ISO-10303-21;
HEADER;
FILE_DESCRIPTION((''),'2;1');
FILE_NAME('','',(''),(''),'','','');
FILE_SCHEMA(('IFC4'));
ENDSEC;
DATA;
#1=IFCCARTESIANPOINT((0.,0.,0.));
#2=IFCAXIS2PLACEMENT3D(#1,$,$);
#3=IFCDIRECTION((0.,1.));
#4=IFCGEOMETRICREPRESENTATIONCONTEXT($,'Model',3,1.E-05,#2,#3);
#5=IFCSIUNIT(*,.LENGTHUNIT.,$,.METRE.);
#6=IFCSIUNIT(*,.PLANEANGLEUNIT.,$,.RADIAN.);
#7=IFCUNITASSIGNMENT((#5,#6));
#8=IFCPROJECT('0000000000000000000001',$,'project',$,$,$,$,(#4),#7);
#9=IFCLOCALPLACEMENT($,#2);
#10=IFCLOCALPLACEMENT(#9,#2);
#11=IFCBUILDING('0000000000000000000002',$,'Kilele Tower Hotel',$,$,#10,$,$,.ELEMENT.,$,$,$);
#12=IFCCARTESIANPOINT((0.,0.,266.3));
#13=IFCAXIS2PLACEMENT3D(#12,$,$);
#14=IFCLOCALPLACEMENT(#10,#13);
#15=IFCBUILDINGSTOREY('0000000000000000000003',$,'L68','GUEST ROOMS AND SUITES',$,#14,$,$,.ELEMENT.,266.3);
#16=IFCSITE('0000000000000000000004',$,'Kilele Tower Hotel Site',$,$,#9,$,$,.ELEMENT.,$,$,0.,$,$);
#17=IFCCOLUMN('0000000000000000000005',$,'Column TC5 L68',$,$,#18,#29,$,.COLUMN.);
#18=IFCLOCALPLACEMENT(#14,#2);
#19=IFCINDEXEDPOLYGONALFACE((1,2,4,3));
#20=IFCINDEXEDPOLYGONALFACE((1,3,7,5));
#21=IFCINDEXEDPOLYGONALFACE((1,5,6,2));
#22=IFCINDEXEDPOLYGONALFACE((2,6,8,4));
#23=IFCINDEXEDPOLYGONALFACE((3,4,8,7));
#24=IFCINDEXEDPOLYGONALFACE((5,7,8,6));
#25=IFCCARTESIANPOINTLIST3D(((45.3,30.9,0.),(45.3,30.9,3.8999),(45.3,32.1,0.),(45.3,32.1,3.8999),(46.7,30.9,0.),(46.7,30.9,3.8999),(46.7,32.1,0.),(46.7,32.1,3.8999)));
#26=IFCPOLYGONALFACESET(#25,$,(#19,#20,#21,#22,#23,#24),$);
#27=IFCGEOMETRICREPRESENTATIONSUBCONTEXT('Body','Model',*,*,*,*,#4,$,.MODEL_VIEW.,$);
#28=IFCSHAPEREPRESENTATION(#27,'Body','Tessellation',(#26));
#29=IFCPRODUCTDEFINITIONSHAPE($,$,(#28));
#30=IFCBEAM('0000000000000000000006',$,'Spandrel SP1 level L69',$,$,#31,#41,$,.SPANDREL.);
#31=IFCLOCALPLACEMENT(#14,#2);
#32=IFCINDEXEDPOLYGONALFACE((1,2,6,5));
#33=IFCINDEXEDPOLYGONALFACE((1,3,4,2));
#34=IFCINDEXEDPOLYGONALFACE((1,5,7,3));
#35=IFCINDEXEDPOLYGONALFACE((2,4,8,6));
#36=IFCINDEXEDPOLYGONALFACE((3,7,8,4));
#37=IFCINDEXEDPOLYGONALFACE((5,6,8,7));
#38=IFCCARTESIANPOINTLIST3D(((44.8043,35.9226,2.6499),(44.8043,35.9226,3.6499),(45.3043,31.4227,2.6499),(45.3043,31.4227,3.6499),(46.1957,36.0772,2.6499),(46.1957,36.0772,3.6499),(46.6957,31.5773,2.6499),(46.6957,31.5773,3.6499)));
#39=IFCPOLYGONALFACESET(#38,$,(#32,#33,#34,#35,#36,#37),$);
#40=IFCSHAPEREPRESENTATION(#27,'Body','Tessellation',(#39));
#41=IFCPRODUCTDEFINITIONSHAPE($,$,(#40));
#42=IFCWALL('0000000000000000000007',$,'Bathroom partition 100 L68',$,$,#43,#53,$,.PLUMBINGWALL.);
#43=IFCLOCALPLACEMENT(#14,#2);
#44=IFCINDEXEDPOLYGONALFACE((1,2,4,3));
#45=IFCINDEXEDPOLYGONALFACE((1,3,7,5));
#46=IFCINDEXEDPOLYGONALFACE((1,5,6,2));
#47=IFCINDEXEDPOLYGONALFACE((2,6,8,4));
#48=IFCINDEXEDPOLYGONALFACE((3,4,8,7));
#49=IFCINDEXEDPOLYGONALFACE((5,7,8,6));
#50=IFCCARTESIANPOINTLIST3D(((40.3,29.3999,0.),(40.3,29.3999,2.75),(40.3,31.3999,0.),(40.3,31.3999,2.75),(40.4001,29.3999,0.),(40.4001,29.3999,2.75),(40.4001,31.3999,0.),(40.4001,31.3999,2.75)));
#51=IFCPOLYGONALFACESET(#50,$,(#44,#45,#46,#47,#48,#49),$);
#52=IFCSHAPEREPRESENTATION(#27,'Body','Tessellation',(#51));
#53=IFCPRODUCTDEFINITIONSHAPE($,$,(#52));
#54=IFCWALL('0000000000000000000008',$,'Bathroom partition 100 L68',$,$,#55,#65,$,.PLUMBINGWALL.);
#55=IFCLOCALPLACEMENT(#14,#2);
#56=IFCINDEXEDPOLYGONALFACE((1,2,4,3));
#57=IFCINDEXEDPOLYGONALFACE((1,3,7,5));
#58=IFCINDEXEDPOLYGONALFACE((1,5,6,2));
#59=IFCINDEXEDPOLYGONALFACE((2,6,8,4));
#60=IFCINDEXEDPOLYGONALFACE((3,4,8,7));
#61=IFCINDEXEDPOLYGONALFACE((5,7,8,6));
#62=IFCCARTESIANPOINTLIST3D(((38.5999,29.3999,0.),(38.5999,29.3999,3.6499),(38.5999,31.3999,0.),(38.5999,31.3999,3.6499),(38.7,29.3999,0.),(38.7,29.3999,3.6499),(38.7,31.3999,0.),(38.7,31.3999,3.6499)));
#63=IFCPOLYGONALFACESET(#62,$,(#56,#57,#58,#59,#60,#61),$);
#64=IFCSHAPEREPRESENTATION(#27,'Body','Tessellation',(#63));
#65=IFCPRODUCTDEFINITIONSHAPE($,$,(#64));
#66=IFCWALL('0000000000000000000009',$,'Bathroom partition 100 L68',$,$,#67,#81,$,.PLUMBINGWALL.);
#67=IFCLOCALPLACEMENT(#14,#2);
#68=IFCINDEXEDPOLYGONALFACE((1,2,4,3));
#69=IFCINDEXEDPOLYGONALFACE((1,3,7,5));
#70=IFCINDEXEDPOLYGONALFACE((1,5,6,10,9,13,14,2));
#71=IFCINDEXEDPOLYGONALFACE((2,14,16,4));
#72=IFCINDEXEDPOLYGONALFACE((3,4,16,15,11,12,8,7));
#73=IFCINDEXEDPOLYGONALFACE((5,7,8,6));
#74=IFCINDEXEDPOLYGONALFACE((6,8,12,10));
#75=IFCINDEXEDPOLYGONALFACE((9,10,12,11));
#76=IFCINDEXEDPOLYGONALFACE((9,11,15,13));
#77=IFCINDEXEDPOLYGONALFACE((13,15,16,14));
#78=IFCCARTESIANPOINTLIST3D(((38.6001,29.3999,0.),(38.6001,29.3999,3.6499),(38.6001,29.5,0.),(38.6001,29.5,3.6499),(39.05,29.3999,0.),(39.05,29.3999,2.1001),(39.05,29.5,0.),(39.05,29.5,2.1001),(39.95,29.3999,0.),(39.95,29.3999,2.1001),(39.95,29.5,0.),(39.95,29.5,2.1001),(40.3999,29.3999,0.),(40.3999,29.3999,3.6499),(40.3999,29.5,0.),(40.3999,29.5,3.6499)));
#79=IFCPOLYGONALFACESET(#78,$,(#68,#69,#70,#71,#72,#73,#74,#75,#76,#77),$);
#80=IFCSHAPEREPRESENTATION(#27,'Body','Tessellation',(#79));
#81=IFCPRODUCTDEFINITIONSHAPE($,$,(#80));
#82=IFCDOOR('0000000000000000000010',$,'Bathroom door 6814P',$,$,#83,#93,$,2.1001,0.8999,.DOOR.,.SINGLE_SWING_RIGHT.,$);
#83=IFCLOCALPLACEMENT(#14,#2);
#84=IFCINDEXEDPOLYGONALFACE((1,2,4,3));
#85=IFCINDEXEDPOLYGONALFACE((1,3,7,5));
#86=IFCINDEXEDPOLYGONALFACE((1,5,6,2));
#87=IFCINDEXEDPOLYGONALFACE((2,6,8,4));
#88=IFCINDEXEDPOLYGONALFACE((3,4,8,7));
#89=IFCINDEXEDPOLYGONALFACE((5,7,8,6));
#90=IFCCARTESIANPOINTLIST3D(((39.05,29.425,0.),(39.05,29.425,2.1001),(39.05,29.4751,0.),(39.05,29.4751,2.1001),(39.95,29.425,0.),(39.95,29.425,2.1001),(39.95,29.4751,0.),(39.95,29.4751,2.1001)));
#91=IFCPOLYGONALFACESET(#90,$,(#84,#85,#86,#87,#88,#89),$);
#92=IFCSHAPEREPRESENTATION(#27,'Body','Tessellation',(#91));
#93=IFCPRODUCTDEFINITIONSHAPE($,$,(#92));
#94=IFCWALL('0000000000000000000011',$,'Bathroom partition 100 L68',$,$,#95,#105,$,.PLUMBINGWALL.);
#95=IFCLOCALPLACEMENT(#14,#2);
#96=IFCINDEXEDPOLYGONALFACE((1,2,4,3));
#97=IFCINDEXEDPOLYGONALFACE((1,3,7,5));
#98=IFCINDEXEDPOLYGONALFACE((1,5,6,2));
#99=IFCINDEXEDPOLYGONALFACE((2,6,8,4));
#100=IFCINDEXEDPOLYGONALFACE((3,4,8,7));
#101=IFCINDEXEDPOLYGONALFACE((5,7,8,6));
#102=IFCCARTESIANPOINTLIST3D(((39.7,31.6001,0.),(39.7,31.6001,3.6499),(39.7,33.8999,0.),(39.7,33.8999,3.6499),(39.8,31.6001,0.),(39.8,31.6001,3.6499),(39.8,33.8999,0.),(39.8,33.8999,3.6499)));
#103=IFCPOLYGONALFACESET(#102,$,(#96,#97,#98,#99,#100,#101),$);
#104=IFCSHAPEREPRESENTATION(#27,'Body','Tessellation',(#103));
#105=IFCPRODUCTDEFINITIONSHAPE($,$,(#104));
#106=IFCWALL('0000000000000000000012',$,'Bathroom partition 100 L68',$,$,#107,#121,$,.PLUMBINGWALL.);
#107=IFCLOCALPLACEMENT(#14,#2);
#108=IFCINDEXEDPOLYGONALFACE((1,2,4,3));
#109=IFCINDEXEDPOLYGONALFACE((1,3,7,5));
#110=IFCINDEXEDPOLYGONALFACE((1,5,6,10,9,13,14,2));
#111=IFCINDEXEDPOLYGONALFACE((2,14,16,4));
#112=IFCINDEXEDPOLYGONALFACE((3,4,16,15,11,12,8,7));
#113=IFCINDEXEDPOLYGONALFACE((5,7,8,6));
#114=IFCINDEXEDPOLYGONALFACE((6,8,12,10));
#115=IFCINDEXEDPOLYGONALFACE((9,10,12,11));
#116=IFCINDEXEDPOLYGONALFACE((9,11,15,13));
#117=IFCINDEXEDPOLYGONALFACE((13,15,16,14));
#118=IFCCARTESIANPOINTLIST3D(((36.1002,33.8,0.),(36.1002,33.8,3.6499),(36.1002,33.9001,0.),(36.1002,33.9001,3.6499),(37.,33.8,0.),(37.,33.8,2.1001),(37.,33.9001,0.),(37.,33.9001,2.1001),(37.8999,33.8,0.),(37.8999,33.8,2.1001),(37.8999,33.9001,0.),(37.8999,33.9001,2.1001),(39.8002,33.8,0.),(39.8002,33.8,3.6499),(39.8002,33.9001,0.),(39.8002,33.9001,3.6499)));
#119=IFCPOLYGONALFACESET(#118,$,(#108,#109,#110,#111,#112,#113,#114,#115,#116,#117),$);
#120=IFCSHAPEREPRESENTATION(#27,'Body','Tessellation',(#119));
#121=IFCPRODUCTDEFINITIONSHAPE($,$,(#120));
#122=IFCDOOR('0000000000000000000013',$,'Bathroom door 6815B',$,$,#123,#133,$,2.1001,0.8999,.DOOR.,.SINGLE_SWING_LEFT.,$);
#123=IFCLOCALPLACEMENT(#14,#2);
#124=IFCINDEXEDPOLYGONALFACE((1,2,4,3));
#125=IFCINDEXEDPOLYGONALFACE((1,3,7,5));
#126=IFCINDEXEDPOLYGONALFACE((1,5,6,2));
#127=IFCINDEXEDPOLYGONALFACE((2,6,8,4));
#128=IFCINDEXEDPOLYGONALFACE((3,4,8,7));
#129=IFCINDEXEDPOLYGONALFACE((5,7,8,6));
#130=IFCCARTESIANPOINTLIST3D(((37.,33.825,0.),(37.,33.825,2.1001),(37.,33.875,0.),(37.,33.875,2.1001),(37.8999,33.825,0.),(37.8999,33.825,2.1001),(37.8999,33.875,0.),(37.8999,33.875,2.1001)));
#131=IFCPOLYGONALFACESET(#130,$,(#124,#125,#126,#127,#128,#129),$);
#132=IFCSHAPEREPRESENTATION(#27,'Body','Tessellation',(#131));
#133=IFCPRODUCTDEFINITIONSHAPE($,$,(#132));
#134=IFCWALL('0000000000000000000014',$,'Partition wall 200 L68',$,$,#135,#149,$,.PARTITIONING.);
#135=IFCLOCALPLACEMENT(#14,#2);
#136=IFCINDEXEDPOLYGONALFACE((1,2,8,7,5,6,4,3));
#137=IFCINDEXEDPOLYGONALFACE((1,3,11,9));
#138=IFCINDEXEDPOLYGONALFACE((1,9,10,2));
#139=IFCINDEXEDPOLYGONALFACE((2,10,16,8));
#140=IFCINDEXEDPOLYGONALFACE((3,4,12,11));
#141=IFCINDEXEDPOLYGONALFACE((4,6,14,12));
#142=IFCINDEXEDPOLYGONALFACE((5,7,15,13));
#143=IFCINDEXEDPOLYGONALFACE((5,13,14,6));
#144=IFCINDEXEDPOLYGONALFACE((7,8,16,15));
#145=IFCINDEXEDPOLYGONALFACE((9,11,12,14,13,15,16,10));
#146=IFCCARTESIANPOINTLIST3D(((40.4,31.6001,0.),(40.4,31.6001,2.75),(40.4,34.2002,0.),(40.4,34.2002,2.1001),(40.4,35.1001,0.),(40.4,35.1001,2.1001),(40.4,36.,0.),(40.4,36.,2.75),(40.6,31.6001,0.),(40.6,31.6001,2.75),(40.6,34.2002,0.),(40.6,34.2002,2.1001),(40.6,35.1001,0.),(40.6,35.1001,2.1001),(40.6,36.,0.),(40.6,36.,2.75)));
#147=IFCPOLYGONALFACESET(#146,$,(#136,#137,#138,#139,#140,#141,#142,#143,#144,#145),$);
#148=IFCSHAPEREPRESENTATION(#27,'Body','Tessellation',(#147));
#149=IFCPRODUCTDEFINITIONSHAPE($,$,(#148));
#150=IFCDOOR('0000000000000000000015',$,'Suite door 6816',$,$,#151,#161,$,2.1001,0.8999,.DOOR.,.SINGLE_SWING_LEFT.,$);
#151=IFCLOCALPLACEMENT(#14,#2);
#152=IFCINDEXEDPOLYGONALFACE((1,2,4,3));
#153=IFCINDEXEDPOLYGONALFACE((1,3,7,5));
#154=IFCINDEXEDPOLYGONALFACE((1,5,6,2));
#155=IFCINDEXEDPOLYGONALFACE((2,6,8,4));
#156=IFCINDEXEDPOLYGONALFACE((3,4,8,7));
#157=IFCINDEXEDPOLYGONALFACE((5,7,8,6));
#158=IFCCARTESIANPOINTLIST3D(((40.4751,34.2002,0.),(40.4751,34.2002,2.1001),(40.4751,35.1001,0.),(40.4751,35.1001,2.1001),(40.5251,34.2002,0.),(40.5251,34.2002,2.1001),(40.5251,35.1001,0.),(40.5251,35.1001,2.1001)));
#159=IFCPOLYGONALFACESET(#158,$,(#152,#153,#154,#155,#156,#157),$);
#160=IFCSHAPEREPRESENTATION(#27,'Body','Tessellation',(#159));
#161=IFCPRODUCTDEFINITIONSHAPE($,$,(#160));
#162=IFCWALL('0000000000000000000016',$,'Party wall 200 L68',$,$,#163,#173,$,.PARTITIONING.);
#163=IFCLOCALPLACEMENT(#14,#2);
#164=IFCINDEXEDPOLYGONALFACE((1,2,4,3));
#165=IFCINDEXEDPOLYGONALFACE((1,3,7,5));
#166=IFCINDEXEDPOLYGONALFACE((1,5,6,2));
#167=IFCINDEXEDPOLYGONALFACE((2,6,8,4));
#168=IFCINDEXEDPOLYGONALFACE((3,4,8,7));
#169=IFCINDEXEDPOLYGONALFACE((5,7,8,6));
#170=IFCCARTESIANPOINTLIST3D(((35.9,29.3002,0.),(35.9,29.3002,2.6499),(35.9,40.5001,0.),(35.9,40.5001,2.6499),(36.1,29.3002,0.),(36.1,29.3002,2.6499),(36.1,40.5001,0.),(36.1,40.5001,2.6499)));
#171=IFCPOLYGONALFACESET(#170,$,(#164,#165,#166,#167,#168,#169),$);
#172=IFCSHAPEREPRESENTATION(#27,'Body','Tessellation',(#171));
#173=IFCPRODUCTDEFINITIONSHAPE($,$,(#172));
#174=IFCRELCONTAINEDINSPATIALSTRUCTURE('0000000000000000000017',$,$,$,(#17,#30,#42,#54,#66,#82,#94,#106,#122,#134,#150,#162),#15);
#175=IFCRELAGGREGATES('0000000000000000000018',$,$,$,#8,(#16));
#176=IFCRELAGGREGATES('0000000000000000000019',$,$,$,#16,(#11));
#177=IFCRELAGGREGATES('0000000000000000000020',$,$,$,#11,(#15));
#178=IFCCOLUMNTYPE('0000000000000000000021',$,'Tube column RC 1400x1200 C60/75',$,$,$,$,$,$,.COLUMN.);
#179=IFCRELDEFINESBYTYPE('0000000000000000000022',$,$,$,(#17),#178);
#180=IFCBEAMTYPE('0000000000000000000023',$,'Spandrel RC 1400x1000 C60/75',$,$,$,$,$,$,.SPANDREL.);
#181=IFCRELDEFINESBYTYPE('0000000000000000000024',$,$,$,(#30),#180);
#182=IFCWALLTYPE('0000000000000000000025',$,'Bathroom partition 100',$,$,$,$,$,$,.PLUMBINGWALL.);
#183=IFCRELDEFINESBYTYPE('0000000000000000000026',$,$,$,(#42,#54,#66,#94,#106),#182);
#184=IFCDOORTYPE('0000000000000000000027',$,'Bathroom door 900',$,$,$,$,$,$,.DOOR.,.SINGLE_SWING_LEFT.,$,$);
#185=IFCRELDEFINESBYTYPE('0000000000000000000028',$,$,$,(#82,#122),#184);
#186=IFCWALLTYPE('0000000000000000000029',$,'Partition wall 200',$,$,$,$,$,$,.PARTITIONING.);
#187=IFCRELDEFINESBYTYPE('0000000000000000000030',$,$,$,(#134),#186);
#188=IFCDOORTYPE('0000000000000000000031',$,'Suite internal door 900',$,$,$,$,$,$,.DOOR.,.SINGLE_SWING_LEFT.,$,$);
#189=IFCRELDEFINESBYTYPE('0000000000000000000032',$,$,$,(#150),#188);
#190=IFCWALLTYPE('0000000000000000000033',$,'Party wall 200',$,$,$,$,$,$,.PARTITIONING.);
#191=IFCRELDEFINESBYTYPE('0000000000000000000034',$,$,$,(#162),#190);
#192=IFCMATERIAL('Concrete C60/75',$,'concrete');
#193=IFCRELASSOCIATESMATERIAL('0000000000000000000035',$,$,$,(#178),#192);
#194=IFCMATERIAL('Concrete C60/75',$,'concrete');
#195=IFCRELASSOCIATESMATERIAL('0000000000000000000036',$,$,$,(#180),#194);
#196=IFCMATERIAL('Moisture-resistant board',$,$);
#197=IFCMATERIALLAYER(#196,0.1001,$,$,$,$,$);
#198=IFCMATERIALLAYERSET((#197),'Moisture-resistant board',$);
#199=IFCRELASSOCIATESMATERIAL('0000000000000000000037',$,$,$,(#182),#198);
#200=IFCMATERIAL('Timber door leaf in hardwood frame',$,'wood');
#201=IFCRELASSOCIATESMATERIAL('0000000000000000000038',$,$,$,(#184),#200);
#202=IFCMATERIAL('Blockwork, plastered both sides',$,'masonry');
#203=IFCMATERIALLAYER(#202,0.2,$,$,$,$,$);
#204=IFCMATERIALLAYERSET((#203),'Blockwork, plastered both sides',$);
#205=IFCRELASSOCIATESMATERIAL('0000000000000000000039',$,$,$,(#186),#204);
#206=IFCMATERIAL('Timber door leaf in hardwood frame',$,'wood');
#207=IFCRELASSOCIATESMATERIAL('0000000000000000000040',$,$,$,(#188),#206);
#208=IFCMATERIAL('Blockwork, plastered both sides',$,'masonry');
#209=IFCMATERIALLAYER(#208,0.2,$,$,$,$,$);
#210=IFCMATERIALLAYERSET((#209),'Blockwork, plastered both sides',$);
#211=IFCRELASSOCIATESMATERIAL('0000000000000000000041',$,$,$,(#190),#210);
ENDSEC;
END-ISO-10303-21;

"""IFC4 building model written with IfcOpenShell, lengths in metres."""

from ifc_helpers import new_model, si_unit, direction, frame, frame_2d, origin, origin_2d, place, context, subcontext, project, spatial, rectangle, extrude, material, layer, layer_set, material_profile, profile_set, type_object, element, fill, save


model = new_model("IFC4")

# Units and contexts
model_context = context("Model", 3, precision=1e-05, world=origin(), true_north=direction((0.0, 1.0)))
body_context = subcontext(model_context, "Body", "Model", "MODEL_VIEW")
ifc_project = project(units=[si_unit("LENGTHUNIT", "METRE"), si_unit("PLANEANGLEUNIT", "RADIAN")], contexts=[model_context])

# Site, building, storey
site_placement = place(None, origin())
site = spatial("IfcSite", under=ifc_project, at=site_placement, Name="Kilele Tower Hotel Site", CompositionType="ELEMENT", RefElevation=0.0)
building_placement = place(site_placement, origin())
building = spatial("IfcBuilding", under=site, at=building_placement, Name="Kilele Tower Hotel", CompositionType="ELEMENT")
storey_placement = place(building_placement, frame((0.0, 0.0, 266.3)))
storey = spatial("IfcBuildingStorey", under=building, at=storey_placement, Name="L68", Description="GUEST ROOMS AND SUITES", CompositionType="ELEMENT", Elevation=266.3)

# Column
ifc_material_1 = material(Name="Concrete C60/75", Category="concrete")
ifc_material_profile_1 = material_profile(ifc_material_1, rectangle(XDim=1.3999, YDim=1.2, at=origin_2d()))
ifc_profile_set_1 = profile_set([ifc_material_profile_1], Name="Concrete C60/75")
column_type = type_object("IfcColumnType", Name="Tube column RC 1400x1200 C60/75", PredefinedType="COLUMN", material=ifc_profile_set_1)
column_placement = place(storey_placement, frame((46.0, 31.5, 0.0), z_axis=(0.0, 0.0, 1.0), x_axis=(1.0, 0.0, 0.0)))
element("IfcColumn", 1, at=column_placement, inside=storey, type_object=column_type, Name="Column TC5 L68", PredefinedType="COLUMN", context=body_context, shape_type="SweptSolid", body=[
    extrude(rectangle(XDim=1.3999, YDim=1.2, at=origin_2d()), origin(), (0.0, 0.0, 1.0), 3.8999),
])

# Beam
ifc_material_2 = material(Name="Concrete C60/75", Category="concrete")
ifc_material_profile_2 = material_profile(ifc_material_2, rectangle(XDim=1.3999, YDim=1.0, at=origin_2d()))
ifc_profile_set_2 = profile_set([ifc_material_profile_2], Name="Concrete C60/75")
beam_type = type_object("IfcBeamType", Name="Spandrel RC 1400x1000 C60/75", PredefinedType="SPANDREL", material=ifc_profile_set_2)
beam_placement = place(storey_placement, frame((46.0, 31.5, 3.1499), z_axis=(-0.110432, 0.993884, 0.0), x_axis=(-0.993884, -0.110432, 0.0)))
element("IfcBeam", 2, at=beam_placement, inside=storey, type_object=beam_type, Name="Spandrel SP1 level L69", PredefinedType="SPANDREL", context=body_context, shape_type="SweptSolid", body=[
    extrude(rectangle(XDim=1.3999, YDim=1.0, at=origin_2d()), origin(), (0.0, 0.0, 1.0), 4.5276),
])

# Walls
ifc_material_3 = material(Name="Moisture-resistant board")
ifc_layer_1 = layer(ifc_material_3, 0.1001)
ifc_layer_set_1 = layer_set([ifc_layer_1], Name="Moisture-resistant board")
wall_type_1 = type_object("IfcWallType", Name="Bathroom partition 100", PredefinedType="PLUMBINGWALL", material=ifc_layer_set_1)
wall_1_placement = place(storey_placement, frame((40.3501, 31.3999, 0.0), z_axis=(0.0, 0.0, 1.0), x_axis=(0.0, -1.0, 0.0)))
element("IfcWall", 3, at=wall_1_placement, inside=storey, type_object=wall_type_1, Name="Bathroom partition 100 L68", PredefinedType="PLUMBINGWALL", context=body_context, shape_type="SweptSolid", body=[
    extrude(rectangle(XDim=2.0, YDim=0.1001, at=frame_2d((1.0, 0.0))), origin(), (0.0, 0.0, 1.0), 2.75),
])
wall_2_placement = place(storey_placement, frame((38.6499, 31.3999, 0.0), z_axis=(0.0, 0.0, 1.0), x_axis=(0.0, -1.0, 0.0)))
element("IfcWall", 4, at=wall_2_placement, inside=storey, type_object=wall_type_1, Name="Bathroom partition 100 L68", PredefinedType="PLUMBINGWALL", context=body_context, shape_type="SweptSolid", body=[
    extrude(rectangle(XDim=2.0, YDim=0.1001, at=frame_2d((1.0, 0.0))), origin(), (0.0, 0.0, 1.0), 3.6499),
])

# Wall, opening, door
wall_3_placement = place(storey_placement, frame((38.6001, 29.45, 0.0), z_axis=(0.0, 0.0, 1.0), x_axis=(1.0, 0.0, 0.0)))
wall_3 = element("IfcWall", 5, at=wall_3_placement, inside=storey, type_object=wall_type_1, Name="Bathroom partition 100 L68", PredefinedType="PLUMBINGWALL", context=body_context, shape_type="SweptSolid", body=[
    extrude(rectangle(XDim=1.7998, YDim=0.1001, at=frame_2d((0.8999, 0.0))), origin(), (0.0, 0.0, 1.0), 3.6499),
])
opening_1_placement = place(wall_3_placement, frame((1.3499, 0.0, 0.0), z_axis=(0.0, 0.0, 1.0), x_axis=(-1.0, 0.0, 0.0)))
opening_1 = element("IfcOpeningElement", 6, at=opening_1_placement, cuts=wall_3, PredefinedType="OPENING", context=body_context, shape_type="SweptSolid", body=[
    extrude(rectangle(XDim=0.8999, YDim=2.1001, at=frame_2d((0.45, 1.05))), frame((0.0, 0.0601, 0.0), z_axis=(0.0, -1.0, 0.0), x_axis=(1.0, 0.0, 0.0)), (0.0, 0.0, 1.0), 0.1201),
])
ifc_material_4 = material(Name="Timber door leaf in hardwood frame", Category="wood")
door_type_1 = type_object("IfcDoorType", Name="Bathroom door 900", OperationType="SINGLE_SWING_LEFT", PredefinedType="DOOR", material=ifc_material_4)
door_1_placement = place(opening_1_placement, origin())
door_1 = element("IfcDoor", 7, at=door_1_placement, inside=storey, type_object=door_type_1, Name="Bathroom door 6814P", OperationType="SINGLE_SWING_RIGHT", OverallHeight=2.1001, OverallWidth=0.8999, PredefinedType="DOOR", context=body_context, shape_type="SweptSolid", body=[
    extrude(rectangle(XDim=0.8999, YDim=2.1001, at=frame_2d((0.45, 1.05))), frame((0.0, 0.0249, 0.0), z_axis=(0.0, -1.0, 0.0), x_axis=(1.0, 0.0, 0.0)), (0.0, 0.0, 1.0), 0.05),
])
fill(opening_1, door_1)

# Wall
wall_4_placement = place(storey_placement, frame((39.75, 31.6001, 0.0), z_axis=(0.0, 0.0, 1.0), x_axis=(0.0, 1.0, 0.0)))
element("IfcWall", 8, at=wall_4_placement, inside=storey, type_object=wall_type_1, Name="Bathroom partition 100 L68", PredefinedType="PLUMBINGWALL", context=body_context, shape_type="SweptSolid", body=[
    extrude(rectangle(XDim=2.2998, YDim=0.1001, at=frame_2d((1.1499, 0.0))), origin(), (0.0, 0.0, 1.0), 3.6499),
])

# Walls, openings, doors
wall_5_placement = place(storey_placement, frame((36.1001, 33.8501, 0.0), z_axis=(0.0, 0.0, 1.0), x_axis=(1.0, 0.0, 0.0)))
wall_5 = element("IfcWall", 9, at=wall_5_placement, inside=storey, type_object=wall_type_1, Name="Bathroom partition 100 L68", PredefinedType="PLUMBINGWALL", context=body_context, shape_type="SweptSolid", body=[
    extrude(rectangle(XDim=3.7, YDim=0.1001, at=frame_2d((1.8501, 0.0))), origin(), (0.0, 0.0, 1.0), 3.6499),
])
opening_2_placement = place(wall_5_placement, frame((0.8999, 0.0, 0.0)))
opening_2 = element("IfcOpeningElement", 10, at=opening_2_placement, cuts=wall_5, PredefinedType="OPENING", context=body_context, shape_type="SweptSolid", body=[
    extrude(rectangle(XDim=0.8999, YDim=2.1001, at=frame_2d((0.45, 1.05))), frame((0.0, 0.0601, 0.0), z_axis=(0.0, -1.0, 0.0), x_axis=(1.0, 0.0, 0.0)), (0.0, 0.0, 1.0), 0.1201),
])
door_2_placement = place(opening_2_placement, origin())
door_2 = element("IfcDoor", 11, at=door_2_placement, inside=storey, type_object=door_type_1, Name="Bathroom door 6815B", OperationType="SINGLE_SWING_LEFT", OverallHeight=2.1001, OverallWidth=0.8999, PredefinedType="DOOR", context=body_context, shape_type="SweptSolid", body=[
    extrude(rectangle(XDim=0.8999, YDim=2.1001, at=frame_2d((0.45, 1.05))), frame((0.0, 0.0249, 0.0), z_axis=(0.0, -1.0, 0.0), x_axis=(1.0, 0.0, 0.0)), (0.0, 0.0, 1.0), 0.05),
])
fill(opening_2, door_2)
ifc_material_5 = material(Name="Blockwork, plastered both sides", Category="masonry")
ifc_layer_2 = layer(ifc_material_5, 0.2)
ifc_layer_set_2 = layer_set([ifc_layer_2], Name="Blockwork, plastered both sides")
wall_type_2 = type_object("IfcWallType", Name="Partition wall 200", PredefinedType="PARTITIONING", material=ifc_layer_set_2)
wall_6_placement = place(storey_placement, frame((40.5, 31.6001, 0.0), z_axis=(0.0, 0.0, 1.0), x_axis=(0.0, 1.0, 0.0)))
wall_6 = element("IfcWall", 12, at=wall_6_placement, inside=storey, type_object=wall_type_2, Name="Partition wall 200 L68", PredefinedType="PARTITIONING", context=body_context, shape_type="SweptSolid", body=[
    extrude(rectangle(XDim=4.3999, YDim=0.2, at=frame_2d((2.2, 0.0))), origin(), (0.0, 0.0, 1.0), 2.75),
])
opening_3_placement = place(wall_6_placement, frame((2.6001, 0.0, 0.0)))
opening_3 = element("IfcOpeningElement", 13, at=opening_3_placement, cuts=wall_6, PredefinedType="OPENING", context=body_context, shape_type="SweptSolid", body=[
    extrude(rectangle(XDim=0.8999, YDim=2.1001, at=frame_2d((0.45, 1.05))), frame((0.0, 0.1099, 0.0), z_axis=(0.0, -1.0, 0.0), x_axis=(1.0, 0.0, 0.0)), (0.0, 0.0, 1.0), 0.22),
])
ifc_material_6 = material(Name="Timber door leaf in hardwood frame", Category="wood")
door_type_2 = type_object("IfcDoorType", Name="Suite internal door 900", OperationType="SINGLE_SWING_LEFT", PredefinedType="DOOR", material=ifc_material_6)
door_3_placement = place(opening_3_placement, origin())
door_3 = element("IfcDoor", 14, at=door_3_placement, inside=storey, type_object=door_type_2, Name="Suite door 6816", OperationType="SINGLE_SWING_LEFT", OverallHeight=2.1001, OverallWidth=0.8999, PredefinedType="DOOR", context=body_context, shape_type="SweptSolid", body=[
    extrude(rectangle(XDim=0.8999, YDim=2.1001, at=frame_2d((0.45, 1.05))), frame((0.0, 0.0249, 0.0), z_axis=(0.0, -1.0, 0.0), x_axis=(1.0, 0.0, 0.0)), (0.0, 0.0, 1.0), 0.05),
])
fill(opening_3, door_3)

# Wall
ifc_material_7 = material(Name="Blockwork, plastered both sides", Category="masonry")
ifc_layer_3 = layer(ifc_material_7, 0.2)
ifc_layer_set_3 = layer_set([ifc_layer_3], Name="Blockwork, plastered both sides")
wall_type_3 = type_object("IfcWallType", Name="Party wall 200", PredefinedType="PARTITIONING", material=ifc_layer_set_3)
wall_7_placement = place(storey_placement, frame((36.0, 29.3, 0.0), z_axis=(0.0, 0.0, 1.0), x_axis=(0.0, 1.0, 0.0)))
element("IfcWall", 15, at=wall_7_placement, inside=storey, type_object=wall_type_3, Name="Party wall 200 L68", PredefinedType="PARTITIONING", context=body_context, shape_type="SweptSolid", body=[
    extrude(rectangle(XDim=11.2, YDim=0.2, at=frame_2d((5.6001, 0.0))), origin(), (0.0, 0.0, 1.0), 2.6499),
])

save(model, "model.ifc")
